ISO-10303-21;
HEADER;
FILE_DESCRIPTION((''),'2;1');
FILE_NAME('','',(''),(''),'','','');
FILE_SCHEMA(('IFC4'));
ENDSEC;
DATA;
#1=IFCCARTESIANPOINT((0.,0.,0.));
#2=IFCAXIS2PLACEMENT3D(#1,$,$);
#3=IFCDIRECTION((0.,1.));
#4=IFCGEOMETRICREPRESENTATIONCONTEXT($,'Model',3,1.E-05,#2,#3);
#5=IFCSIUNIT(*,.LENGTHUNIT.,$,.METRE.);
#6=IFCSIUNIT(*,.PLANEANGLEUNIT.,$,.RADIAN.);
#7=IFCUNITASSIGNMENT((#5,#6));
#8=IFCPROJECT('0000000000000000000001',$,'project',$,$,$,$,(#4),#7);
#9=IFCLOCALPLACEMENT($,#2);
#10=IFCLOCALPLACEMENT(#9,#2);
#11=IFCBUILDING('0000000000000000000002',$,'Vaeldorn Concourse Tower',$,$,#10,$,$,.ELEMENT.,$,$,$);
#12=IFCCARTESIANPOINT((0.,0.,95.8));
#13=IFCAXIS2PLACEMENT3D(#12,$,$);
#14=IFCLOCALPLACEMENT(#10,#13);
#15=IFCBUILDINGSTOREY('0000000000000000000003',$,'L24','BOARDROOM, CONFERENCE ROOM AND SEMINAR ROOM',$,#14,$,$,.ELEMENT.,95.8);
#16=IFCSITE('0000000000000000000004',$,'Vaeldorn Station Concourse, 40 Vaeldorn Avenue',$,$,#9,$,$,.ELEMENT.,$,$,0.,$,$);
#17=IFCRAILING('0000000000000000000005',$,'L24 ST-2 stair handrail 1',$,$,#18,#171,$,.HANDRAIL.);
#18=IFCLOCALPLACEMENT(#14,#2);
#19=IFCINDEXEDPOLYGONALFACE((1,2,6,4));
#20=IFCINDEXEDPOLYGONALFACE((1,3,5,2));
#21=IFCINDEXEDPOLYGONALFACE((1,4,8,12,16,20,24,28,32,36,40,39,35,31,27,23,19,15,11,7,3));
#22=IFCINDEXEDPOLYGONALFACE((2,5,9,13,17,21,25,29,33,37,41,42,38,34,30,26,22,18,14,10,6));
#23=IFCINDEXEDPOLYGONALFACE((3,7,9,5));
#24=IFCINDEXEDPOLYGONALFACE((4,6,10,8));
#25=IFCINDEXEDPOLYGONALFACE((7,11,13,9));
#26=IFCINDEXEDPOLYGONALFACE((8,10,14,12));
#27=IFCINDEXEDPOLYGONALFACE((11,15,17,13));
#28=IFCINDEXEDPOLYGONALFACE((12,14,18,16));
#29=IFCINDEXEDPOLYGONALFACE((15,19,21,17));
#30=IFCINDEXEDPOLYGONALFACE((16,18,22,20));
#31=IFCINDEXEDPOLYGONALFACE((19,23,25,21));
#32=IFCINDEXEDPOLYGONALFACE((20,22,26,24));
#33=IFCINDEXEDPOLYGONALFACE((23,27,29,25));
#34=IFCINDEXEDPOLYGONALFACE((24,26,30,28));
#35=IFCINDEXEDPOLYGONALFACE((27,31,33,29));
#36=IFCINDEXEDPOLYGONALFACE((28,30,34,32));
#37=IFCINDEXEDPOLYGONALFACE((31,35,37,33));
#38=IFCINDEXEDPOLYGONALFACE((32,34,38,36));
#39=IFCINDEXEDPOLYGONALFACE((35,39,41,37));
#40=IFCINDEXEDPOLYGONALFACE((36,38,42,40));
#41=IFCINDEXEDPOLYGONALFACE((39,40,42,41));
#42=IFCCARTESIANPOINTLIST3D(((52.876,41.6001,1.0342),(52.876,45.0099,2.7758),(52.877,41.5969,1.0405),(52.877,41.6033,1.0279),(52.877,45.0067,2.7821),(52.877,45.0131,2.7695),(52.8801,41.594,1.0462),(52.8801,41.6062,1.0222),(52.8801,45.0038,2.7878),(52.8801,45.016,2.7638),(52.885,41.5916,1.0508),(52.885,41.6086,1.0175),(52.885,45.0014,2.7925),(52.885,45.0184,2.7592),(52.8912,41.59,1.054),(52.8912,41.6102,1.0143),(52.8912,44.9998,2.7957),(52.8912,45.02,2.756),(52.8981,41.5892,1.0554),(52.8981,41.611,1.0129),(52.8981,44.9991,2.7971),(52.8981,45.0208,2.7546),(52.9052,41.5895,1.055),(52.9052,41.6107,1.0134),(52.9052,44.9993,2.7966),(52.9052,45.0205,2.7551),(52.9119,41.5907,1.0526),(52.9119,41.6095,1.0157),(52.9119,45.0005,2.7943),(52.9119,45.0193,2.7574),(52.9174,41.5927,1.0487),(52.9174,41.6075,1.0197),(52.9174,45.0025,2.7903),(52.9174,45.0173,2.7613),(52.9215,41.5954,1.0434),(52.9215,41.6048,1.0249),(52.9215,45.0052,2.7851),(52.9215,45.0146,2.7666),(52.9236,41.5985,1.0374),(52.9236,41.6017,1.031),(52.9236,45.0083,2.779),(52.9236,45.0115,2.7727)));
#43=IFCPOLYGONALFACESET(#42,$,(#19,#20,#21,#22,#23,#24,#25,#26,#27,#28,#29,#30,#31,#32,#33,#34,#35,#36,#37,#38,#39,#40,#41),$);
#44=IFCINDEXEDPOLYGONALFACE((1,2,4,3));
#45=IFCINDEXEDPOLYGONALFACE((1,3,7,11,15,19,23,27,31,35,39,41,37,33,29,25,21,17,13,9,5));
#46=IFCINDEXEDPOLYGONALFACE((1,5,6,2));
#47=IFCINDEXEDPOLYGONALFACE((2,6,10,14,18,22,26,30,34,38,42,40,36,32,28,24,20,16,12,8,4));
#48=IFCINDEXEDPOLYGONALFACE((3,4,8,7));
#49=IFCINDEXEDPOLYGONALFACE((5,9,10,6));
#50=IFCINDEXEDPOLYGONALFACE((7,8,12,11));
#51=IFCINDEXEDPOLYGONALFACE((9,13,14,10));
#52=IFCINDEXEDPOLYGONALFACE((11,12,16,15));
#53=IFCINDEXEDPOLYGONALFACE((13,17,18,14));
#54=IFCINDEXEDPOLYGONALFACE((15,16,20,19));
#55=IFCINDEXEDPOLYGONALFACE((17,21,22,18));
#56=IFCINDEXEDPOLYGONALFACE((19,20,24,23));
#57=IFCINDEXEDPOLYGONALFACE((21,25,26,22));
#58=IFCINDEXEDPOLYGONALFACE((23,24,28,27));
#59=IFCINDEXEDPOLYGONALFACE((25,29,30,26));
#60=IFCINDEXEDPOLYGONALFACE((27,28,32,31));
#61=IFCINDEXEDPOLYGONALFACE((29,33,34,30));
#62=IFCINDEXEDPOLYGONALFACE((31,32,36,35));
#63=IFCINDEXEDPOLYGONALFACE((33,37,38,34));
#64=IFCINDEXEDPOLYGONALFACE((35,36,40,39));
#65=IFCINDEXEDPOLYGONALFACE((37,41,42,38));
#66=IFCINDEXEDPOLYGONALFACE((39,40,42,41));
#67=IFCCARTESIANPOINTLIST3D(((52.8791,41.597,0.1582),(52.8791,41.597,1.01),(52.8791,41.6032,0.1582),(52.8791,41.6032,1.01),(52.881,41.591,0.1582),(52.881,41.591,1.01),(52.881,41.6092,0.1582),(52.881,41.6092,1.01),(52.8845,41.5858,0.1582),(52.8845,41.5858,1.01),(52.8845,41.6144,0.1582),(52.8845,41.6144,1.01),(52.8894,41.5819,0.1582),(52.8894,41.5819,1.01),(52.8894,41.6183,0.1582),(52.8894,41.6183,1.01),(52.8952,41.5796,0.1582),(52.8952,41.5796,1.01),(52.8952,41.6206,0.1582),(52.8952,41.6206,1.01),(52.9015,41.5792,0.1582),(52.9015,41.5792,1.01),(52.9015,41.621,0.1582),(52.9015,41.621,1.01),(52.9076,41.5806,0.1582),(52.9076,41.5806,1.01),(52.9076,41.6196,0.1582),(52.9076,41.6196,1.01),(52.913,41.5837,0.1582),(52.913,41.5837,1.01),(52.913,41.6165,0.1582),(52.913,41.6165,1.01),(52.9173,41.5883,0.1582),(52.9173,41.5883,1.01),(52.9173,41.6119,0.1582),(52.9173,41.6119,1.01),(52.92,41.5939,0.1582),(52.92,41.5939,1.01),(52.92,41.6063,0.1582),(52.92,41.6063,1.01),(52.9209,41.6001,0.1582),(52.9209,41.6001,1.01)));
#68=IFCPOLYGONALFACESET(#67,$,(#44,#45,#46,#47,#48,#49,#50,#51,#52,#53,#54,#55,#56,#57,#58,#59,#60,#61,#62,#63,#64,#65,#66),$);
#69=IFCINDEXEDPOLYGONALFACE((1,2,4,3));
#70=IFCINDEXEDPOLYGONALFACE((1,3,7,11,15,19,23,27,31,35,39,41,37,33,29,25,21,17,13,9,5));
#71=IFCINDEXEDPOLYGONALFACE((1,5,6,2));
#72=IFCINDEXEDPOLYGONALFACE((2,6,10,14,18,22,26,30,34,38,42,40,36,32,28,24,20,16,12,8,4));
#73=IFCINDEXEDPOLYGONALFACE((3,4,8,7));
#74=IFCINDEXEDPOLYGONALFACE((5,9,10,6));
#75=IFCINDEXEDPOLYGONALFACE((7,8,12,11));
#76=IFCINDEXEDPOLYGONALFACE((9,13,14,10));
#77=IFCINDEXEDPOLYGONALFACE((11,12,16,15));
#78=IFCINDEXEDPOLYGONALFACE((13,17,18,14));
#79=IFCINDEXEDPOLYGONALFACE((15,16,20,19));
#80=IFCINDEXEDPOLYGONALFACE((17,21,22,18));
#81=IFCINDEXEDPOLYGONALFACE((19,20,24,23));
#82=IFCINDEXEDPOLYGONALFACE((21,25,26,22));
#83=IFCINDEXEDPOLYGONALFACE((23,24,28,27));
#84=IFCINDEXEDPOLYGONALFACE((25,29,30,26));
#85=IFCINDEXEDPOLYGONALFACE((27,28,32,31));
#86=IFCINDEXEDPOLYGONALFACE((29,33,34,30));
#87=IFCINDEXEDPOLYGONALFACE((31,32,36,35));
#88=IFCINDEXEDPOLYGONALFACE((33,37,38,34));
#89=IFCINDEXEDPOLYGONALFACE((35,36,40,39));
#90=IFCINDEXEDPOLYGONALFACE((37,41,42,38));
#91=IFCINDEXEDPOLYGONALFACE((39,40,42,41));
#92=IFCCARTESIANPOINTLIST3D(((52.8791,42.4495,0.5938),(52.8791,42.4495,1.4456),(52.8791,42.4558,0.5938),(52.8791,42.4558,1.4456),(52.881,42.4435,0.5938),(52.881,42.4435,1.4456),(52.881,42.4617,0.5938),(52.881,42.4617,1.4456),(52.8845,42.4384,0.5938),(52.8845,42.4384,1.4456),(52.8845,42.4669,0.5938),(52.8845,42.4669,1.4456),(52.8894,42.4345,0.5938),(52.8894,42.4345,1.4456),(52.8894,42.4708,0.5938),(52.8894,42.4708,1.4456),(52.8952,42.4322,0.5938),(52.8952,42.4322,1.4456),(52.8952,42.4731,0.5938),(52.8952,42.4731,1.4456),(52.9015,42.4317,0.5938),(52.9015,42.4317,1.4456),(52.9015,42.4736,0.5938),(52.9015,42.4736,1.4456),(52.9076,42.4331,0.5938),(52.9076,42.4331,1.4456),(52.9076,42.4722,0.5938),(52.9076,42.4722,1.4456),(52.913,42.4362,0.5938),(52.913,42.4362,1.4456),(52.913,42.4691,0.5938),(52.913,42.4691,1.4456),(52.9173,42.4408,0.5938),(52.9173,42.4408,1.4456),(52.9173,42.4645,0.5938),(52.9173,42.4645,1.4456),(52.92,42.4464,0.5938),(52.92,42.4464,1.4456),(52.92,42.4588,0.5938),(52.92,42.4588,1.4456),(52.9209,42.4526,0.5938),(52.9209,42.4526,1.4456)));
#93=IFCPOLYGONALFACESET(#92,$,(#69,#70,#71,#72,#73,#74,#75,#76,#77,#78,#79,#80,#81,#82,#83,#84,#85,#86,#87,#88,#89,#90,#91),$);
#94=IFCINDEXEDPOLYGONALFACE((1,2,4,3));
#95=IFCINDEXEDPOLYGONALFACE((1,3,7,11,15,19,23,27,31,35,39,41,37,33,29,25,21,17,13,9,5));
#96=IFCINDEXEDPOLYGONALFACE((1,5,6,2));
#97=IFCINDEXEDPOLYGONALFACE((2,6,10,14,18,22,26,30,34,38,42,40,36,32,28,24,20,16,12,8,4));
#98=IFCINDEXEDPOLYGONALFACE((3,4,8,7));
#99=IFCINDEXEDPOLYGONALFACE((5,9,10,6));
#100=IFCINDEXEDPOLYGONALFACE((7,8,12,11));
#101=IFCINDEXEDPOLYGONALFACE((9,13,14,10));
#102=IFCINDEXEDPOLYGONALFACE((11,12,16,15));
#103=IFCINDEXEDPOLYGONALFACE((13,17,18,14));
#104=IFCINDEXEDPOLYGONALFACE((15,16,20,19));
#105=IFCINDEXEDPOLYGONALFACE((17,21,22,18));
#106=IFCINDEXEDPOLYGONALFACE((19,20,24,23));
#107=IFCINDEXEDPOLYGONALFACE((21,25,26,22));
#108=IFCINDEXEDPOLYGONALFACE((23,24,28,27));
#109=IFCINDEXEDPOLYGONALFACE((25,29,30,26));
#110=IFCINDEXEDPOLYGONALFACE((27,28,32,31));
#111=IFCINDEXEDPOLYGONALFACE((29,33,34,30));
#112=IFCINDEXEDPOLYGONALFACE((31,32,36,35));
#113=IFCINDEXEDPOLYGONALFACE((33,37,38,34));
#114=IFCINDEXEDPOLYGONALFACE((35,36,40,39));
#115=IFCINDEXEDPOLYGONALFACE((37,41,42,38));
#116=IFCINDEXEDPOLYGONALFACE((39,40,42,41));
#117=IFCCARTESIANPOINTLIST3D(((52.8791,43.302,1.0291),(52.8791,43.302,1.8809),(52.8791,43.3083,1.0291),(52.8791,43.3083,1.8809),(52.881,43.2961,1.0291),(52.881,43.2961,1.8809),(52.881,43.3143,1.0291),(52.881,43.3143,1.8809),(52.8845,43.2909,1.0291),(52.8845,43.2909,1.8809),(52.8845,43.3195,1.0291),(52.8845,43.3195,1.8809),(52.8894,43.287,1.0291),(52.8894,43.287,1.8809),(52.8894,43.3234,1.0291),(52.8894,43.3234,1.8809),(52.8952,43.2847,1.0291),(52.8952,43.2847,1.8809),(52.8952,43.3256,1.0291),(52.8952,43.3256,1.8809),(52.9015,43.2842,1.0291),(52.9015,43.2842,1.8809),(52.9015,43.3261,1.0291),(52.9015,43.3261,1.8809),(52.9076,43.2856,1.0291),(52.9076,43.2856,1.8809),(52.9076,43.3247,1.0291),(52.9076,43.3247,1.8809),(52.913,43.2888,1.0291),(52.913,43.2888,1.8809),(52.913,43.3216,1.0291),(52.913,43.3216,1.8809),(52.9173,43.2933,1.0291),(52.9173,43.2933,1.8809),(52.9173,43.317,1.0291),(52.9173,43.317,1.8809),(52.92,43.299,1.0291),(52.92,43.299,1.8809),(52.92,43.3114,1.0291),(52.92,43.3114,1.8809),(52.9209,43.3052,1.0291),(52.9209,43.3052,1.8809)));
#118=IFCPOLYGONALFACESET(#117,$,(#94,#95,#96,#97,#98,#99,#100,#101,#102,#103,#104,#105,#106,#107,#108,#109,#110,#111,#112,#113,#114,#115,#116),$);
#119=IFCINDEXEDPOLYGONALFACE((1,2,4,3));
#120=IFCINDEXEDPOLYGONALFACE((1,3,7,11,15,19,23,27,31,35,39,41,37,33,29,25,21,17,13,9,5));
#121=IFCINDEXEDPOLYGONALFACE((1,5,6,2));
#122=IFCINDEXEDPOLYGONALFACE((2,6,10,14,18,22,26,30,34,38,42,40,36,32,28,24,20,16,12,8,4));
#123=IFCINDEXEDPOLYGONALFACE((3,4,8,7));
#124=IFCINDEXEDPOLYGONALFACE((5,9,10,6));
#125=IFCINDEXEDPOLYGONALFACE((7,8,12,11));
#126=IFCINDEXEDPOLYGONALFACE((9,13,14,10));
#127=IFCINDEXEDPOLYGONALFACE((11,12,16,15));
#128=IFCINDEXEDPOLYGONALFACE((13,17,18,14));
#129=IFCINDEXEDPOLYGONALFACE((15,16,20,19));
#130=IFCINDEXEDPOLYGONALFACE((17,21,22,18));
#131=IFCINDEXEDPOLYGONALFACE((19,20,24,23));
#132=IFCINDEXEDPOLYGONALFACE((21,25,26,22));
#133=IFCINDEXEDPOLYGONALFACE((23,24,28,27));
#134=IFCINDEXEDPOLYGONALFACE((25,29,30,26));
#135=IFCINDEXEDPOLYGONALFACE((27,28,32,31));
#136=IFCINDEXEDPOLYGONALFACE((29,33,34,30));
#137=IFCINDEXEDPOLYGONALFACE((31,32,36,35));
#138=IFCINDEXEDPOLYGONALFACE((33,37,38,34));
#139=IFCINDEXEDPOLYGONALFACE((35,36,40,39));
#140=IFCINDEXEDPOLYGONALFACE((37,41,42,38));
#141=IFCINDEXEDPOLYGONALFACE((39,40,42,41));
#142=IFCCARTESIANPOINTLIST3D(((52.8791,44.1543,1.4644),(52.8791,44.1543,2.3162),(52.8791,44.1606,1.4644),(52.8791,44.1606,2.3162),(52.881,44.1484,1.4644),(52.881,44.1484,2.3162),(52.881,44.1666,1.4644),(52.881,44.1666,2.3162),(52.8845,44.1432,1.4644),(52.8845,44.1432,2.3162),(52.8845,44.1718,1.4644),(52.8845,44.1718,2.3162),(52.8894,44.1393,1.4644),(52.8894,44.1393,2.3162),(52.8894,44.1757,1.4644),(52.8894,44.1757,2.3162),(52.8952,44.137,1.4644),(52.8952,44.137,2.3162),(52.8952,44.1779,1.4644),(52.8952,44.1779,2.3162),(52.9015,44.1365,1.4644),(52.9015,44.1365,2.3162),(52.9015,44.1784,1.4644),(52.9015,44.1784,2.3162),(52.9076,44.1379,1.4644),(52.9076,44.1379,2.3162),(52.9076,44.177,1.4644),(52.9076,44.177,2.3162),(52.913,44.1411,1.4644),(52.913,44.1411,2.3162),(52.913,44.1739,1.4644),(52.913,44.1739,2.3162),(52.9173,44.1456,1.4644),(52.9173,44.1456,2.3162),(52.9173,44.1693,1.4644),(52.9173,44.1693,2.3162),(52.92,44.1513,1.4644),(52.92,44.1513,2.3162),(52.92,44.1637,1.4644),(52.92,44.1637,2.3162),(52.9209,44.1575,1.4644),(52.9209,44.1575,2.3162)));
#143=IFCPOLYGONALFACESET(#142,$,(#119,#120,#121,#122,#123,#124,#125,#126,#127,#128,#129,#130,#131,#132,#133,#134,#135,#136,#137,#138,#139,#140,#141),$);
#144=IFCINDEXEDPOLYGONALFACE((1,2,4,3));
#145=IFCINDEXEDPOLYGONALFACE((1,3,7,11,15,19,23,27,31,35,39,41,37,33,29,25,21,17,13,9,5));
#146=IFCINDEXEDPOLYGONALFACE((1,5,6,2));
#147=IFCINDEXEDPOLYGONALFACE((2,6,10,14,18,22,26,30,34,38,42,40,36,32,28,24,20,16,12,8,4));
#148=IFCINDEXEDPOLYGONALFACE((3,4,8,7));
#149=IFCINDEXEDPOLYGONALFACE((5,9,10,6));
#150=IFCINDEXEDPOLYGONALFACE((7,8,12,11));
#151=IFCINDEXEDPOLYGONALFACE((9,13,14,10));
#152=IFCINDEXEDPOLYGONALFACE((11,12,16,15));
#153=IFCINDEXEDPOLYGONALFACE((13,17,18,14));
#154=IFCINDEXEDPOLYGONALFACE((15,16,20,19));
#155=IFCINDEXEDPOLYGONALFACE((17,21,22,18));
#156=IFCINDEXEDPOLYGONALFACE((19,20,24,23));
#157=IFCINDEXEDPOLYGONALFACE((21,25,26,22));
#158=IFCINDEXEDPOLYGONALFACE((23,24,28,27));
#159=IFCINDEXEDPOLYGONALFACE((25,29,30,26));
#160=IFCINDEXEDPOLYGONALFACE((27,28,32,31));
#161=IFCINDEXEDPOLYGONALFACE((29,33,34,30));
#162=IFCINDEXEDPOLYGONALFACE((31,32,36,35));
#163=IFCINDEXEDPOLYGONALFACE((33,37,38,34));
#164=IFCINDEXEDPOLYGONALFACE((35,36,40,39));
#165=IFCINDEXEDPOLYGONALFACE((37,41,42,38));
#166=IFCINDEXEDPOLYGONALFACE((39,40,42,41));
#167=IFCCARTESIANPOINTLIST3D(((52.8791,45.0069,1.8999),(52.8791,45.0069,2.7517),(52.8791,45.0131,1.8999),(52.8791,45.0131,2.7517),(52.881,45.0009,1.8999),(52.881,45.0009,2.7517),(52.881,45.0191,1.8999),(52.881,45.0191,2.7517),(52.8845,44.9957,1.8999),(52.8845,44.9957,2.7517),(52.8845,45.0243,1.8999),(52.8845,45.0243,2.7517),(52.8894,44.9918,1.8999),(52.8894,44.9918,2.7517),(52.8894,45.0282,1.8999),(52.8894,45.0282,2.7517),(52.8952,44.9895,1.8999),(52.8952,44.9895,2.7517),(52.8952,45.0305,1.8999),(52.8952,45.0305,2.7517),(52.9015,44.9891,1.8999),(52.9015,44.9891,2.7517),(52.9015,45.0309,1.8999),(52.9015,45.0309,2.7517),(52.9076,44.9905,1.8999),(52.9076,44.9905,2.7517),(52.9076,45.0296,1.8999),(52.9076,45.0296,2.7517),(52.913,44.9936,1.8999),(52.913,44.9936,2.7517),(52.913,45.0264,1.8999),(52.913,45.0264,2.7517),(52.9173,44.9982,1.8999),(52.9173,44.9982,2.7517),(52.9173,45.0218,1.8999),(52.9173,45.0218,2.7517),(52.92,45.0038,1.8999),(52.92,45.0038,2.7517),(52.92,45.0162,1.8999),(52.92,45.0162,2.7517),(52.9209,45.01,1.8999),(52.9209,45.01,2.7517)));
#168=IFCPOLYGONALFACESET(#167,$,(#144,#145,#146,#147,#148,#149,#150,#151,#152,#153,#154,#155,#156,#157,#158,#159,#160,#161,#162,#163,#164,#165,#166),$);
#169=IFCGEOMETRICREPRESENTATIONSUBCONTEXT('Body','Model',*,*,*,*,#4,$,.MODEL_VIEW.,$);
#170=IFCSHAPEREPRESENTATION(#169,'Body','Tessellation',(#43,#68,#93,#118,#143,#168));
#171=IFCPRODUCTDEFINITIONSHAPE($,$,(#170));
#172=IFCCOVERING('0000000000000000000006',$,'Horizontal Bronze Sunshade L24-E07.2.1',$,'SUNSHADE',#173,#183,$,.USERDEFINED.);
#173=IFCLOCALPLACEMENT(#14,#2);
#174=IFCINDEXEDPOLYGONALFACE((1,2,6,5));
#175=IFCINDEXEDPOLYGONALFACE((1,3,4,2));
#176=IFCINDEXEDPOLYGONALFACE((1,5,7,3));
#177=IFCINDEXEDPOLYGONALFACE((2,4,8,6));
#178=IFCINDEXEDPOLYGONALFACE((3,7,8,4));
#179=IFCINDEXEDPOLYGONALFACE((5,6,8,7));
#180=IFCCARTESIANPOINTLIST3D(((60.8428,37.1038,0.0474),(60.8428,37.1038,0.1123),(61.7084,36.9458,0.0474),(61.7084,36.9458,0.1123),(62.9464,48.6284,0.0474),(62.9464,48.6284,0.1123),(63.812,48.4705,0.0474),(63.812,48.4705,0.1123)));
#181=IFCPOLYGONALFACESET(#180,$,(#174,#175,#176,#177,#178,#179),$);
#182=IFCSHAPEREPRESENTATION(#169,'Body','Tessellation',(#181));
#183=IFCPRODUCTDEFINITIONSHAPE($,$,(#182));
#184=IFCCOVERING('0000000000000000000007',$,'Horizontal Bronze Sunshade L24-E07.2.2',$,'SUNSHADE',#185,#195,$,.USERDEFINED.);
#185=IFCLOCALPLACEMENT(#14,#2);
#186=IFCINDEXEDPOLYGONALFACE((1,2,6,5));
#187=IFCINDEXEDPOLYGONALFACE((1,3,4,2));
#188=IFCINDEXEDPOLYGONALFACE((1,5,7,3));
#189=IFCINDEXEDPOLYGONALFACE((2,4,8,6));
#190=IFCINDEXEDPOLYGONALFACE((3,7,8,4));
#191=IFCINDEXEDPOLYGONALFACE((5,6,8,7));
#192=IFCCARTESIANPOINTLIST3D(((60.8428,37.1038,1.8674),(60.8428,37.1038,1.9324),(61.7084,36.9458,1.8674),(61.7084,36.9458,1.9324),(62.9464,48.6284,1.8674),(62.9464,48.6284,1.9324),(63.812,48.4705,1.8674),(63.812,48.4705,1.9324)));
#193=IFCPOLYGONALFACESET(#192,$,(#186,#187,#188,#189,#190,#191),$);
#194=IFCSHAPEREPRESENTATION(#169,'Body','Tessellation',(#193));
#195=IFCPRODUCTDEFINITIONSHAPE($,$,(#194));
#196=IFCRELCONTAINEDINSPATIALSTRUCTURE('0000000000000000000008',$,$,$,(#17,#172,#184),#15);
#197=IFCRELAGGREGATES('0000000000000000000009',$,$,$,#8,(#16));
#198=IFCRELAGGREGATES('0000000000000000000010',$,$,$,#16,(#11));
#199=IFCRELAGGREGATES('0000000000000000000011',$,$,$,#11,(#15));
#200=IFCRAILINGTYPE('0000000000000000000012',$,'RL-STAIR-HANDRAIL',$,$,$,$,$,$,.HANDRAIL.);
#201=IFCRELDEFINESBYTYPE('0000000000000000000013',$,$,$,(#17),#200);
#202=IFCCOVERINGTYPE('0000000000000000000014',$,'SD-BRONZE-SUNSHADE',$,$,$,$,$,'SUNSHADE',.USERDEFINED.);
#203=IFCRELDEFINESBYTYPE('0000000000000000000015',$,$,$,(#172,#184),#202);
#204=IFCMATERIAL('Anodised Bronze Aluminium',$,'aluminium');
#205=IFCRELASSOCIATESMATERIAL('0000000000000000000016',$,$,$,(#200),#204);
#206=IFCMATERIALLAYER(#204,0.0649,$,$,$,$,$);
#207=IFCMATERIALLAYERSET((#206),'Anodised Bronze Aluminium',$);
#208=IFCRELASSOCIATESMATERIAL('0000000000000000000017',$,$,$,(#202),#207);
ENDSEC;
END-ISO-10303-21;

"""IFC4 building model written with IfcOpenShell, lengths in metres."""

from ifc_helpers import new_model, si_unit, direction, frame, origin, origin_2d, place, context, subcontext, project, spatial, rectangle, circle, extrude, source, transform, mapped, material, layer, layer_set, type_object, element, save


model = new_model("IFC4")

# Units and contexts
model_context = context("Model", 3, precision=1e-05, world=origin(), true_north=direction((0.0, 1.0)))
body_context = subcontext(model_context, "Body", "Model", "MODEL_VIEW")
ifc_project = project(units=[si_unit("LENGTHUNIT", "METRE"), si_unit("PLANEANGLEUNIT", "RADIAN")], contexts=[model_context])

# Site, building, storey
site_placement = place(None, origin())
site = spatial("IfcSite", under=ifc_project, at=site_placement, Name="Vaeldorn Station Concourse, 40 Vaeldorn Avenue", CompositionType="ELEMENT", RefElevation=0.0)
building_placement = place(site_placement, origin())
building = spatial("IfcBuilding", under=site, at=building_placement, Name="Vaeldorn Concourse Tower", CompositionType="ELEMENT")
storey_placement = place(building_placement, frame((0.0, 0.0, 95.8)))
storey = spatial("IfcBuildingStorey", under=building, at=storey_placement, Name="L24", Description="BOARDROOM, CONFERENCE ROOM AND SEMINAR ROOM", CompositionType="ELEMENT", Elevation=95.8)

# Shared definitions
ifc_material_1 = material(Name="Anodised Bronze Aluminium", Category="aluminium")

# Railing
railing_type_1 = type_object("IfcRailingType", Name="RL-STAIR-HANDRAIL", PredefinedType="HANDRAIL", material=ifc_material_1)
railing_1_placement = place(storey_placement, frame((52.8999, 41.6001, 0.1582)))
element("IfcRailing", 1, at=railing_1_placement, inside=storey, type_object=railing_type_1, Name="L24 ST-2 stair handrail 1", PredefinedType="HANDRAIL", context=body_context, shape_type="SweptSolid", body=[
    extrude(circle(Radius=0.0239, at=origin_2d()), frame((0.0, 0.0, 0.876), z_axis=(0.0, 0.890556, 0.454874), x_axis=(-1.0, 0.0, 0.0)), (0.0, 0.0, 1.0), 3.8289),
    extrude(circle(Radius=0.021, at=origin_2d()), origin(), (0.0, 0.0, 1.0), 0.8518),
    extrude(circle(Radius=0.021, at=origin_2d()), frame((0.0, 0.8525, 0.4355)), (0.0, 0.0, 1.0), 0.8518),
    extrude(circle(Radius=0.021, at=origin_2d()), frame((0.0, 1.7051, 0.8708)), (0.0, 0.0, 1.0), 0.8518),
    extrude(circle(Radius=0.021, at=origin_2d()), frame((0.0, 2.5574, 1.3062)), (0.0, 0.0, 1.0), 0.8518),
    extrude(circle(Radius=0.021, at=origin_2d()), frame((0.0, 3.4099, 1.7417)), (0.0, 0.0, 1.0), 0.8518),
])

# Coverings
ifc_layer_1 = layer(ifc_material_1, 0.0649)
ifc_layer_set_1 = layer_set([ifc_layer_1], Name="Anodised Bronze Aluminium")
covering_type = type_object("IfcCoveringType", Name="SD-BRONZE-SUNSHADE", ElementType="SUNSHADE", PredefinedType="USERDEFINED", material=ifc_layer_set_1)
shared_shape_1 = source(origin(), body_context, "Body", "SweptSolid", [
    extrude(rectangle(XDim=11.7151, YDim=0.8799, at=origin_2d()), origin(), (0.0, 0.0, 1.0), 0.0649),
])
for number, where, z_axis, x_axis, name in (
    (2, (62.3274, 42.7871, 0.0474), (0.0, 0.0, 1.0), (0.179558, 0.983747, 0.0), "Horizontal Bronze Sunshade L24-E07.2.1"),
    (3, (62.3274, 42.7871, 1.8674), (0.0, 0.0, 1.0), (0.179558, 0.983747, 0.0), "Horizontal Bronze Sunshade L24-E07.2.2"),
):
    element("IfcCovering", number, at=place(storey_placement, frame(where, z_axis=z_axis, x_axis=x_axis)), inside=storey, type_object=covering_type, Name=name, ObjectType="SUNSHADE", PredefinedType="USERDEFINED", context=body_context, shape_type="MappedRepresentation", body=[
        mapped(shared_shape_1, transform((0.0, 0.0, 0.0), scale=1.0)),
    ])

save(model, "model.ifc")
